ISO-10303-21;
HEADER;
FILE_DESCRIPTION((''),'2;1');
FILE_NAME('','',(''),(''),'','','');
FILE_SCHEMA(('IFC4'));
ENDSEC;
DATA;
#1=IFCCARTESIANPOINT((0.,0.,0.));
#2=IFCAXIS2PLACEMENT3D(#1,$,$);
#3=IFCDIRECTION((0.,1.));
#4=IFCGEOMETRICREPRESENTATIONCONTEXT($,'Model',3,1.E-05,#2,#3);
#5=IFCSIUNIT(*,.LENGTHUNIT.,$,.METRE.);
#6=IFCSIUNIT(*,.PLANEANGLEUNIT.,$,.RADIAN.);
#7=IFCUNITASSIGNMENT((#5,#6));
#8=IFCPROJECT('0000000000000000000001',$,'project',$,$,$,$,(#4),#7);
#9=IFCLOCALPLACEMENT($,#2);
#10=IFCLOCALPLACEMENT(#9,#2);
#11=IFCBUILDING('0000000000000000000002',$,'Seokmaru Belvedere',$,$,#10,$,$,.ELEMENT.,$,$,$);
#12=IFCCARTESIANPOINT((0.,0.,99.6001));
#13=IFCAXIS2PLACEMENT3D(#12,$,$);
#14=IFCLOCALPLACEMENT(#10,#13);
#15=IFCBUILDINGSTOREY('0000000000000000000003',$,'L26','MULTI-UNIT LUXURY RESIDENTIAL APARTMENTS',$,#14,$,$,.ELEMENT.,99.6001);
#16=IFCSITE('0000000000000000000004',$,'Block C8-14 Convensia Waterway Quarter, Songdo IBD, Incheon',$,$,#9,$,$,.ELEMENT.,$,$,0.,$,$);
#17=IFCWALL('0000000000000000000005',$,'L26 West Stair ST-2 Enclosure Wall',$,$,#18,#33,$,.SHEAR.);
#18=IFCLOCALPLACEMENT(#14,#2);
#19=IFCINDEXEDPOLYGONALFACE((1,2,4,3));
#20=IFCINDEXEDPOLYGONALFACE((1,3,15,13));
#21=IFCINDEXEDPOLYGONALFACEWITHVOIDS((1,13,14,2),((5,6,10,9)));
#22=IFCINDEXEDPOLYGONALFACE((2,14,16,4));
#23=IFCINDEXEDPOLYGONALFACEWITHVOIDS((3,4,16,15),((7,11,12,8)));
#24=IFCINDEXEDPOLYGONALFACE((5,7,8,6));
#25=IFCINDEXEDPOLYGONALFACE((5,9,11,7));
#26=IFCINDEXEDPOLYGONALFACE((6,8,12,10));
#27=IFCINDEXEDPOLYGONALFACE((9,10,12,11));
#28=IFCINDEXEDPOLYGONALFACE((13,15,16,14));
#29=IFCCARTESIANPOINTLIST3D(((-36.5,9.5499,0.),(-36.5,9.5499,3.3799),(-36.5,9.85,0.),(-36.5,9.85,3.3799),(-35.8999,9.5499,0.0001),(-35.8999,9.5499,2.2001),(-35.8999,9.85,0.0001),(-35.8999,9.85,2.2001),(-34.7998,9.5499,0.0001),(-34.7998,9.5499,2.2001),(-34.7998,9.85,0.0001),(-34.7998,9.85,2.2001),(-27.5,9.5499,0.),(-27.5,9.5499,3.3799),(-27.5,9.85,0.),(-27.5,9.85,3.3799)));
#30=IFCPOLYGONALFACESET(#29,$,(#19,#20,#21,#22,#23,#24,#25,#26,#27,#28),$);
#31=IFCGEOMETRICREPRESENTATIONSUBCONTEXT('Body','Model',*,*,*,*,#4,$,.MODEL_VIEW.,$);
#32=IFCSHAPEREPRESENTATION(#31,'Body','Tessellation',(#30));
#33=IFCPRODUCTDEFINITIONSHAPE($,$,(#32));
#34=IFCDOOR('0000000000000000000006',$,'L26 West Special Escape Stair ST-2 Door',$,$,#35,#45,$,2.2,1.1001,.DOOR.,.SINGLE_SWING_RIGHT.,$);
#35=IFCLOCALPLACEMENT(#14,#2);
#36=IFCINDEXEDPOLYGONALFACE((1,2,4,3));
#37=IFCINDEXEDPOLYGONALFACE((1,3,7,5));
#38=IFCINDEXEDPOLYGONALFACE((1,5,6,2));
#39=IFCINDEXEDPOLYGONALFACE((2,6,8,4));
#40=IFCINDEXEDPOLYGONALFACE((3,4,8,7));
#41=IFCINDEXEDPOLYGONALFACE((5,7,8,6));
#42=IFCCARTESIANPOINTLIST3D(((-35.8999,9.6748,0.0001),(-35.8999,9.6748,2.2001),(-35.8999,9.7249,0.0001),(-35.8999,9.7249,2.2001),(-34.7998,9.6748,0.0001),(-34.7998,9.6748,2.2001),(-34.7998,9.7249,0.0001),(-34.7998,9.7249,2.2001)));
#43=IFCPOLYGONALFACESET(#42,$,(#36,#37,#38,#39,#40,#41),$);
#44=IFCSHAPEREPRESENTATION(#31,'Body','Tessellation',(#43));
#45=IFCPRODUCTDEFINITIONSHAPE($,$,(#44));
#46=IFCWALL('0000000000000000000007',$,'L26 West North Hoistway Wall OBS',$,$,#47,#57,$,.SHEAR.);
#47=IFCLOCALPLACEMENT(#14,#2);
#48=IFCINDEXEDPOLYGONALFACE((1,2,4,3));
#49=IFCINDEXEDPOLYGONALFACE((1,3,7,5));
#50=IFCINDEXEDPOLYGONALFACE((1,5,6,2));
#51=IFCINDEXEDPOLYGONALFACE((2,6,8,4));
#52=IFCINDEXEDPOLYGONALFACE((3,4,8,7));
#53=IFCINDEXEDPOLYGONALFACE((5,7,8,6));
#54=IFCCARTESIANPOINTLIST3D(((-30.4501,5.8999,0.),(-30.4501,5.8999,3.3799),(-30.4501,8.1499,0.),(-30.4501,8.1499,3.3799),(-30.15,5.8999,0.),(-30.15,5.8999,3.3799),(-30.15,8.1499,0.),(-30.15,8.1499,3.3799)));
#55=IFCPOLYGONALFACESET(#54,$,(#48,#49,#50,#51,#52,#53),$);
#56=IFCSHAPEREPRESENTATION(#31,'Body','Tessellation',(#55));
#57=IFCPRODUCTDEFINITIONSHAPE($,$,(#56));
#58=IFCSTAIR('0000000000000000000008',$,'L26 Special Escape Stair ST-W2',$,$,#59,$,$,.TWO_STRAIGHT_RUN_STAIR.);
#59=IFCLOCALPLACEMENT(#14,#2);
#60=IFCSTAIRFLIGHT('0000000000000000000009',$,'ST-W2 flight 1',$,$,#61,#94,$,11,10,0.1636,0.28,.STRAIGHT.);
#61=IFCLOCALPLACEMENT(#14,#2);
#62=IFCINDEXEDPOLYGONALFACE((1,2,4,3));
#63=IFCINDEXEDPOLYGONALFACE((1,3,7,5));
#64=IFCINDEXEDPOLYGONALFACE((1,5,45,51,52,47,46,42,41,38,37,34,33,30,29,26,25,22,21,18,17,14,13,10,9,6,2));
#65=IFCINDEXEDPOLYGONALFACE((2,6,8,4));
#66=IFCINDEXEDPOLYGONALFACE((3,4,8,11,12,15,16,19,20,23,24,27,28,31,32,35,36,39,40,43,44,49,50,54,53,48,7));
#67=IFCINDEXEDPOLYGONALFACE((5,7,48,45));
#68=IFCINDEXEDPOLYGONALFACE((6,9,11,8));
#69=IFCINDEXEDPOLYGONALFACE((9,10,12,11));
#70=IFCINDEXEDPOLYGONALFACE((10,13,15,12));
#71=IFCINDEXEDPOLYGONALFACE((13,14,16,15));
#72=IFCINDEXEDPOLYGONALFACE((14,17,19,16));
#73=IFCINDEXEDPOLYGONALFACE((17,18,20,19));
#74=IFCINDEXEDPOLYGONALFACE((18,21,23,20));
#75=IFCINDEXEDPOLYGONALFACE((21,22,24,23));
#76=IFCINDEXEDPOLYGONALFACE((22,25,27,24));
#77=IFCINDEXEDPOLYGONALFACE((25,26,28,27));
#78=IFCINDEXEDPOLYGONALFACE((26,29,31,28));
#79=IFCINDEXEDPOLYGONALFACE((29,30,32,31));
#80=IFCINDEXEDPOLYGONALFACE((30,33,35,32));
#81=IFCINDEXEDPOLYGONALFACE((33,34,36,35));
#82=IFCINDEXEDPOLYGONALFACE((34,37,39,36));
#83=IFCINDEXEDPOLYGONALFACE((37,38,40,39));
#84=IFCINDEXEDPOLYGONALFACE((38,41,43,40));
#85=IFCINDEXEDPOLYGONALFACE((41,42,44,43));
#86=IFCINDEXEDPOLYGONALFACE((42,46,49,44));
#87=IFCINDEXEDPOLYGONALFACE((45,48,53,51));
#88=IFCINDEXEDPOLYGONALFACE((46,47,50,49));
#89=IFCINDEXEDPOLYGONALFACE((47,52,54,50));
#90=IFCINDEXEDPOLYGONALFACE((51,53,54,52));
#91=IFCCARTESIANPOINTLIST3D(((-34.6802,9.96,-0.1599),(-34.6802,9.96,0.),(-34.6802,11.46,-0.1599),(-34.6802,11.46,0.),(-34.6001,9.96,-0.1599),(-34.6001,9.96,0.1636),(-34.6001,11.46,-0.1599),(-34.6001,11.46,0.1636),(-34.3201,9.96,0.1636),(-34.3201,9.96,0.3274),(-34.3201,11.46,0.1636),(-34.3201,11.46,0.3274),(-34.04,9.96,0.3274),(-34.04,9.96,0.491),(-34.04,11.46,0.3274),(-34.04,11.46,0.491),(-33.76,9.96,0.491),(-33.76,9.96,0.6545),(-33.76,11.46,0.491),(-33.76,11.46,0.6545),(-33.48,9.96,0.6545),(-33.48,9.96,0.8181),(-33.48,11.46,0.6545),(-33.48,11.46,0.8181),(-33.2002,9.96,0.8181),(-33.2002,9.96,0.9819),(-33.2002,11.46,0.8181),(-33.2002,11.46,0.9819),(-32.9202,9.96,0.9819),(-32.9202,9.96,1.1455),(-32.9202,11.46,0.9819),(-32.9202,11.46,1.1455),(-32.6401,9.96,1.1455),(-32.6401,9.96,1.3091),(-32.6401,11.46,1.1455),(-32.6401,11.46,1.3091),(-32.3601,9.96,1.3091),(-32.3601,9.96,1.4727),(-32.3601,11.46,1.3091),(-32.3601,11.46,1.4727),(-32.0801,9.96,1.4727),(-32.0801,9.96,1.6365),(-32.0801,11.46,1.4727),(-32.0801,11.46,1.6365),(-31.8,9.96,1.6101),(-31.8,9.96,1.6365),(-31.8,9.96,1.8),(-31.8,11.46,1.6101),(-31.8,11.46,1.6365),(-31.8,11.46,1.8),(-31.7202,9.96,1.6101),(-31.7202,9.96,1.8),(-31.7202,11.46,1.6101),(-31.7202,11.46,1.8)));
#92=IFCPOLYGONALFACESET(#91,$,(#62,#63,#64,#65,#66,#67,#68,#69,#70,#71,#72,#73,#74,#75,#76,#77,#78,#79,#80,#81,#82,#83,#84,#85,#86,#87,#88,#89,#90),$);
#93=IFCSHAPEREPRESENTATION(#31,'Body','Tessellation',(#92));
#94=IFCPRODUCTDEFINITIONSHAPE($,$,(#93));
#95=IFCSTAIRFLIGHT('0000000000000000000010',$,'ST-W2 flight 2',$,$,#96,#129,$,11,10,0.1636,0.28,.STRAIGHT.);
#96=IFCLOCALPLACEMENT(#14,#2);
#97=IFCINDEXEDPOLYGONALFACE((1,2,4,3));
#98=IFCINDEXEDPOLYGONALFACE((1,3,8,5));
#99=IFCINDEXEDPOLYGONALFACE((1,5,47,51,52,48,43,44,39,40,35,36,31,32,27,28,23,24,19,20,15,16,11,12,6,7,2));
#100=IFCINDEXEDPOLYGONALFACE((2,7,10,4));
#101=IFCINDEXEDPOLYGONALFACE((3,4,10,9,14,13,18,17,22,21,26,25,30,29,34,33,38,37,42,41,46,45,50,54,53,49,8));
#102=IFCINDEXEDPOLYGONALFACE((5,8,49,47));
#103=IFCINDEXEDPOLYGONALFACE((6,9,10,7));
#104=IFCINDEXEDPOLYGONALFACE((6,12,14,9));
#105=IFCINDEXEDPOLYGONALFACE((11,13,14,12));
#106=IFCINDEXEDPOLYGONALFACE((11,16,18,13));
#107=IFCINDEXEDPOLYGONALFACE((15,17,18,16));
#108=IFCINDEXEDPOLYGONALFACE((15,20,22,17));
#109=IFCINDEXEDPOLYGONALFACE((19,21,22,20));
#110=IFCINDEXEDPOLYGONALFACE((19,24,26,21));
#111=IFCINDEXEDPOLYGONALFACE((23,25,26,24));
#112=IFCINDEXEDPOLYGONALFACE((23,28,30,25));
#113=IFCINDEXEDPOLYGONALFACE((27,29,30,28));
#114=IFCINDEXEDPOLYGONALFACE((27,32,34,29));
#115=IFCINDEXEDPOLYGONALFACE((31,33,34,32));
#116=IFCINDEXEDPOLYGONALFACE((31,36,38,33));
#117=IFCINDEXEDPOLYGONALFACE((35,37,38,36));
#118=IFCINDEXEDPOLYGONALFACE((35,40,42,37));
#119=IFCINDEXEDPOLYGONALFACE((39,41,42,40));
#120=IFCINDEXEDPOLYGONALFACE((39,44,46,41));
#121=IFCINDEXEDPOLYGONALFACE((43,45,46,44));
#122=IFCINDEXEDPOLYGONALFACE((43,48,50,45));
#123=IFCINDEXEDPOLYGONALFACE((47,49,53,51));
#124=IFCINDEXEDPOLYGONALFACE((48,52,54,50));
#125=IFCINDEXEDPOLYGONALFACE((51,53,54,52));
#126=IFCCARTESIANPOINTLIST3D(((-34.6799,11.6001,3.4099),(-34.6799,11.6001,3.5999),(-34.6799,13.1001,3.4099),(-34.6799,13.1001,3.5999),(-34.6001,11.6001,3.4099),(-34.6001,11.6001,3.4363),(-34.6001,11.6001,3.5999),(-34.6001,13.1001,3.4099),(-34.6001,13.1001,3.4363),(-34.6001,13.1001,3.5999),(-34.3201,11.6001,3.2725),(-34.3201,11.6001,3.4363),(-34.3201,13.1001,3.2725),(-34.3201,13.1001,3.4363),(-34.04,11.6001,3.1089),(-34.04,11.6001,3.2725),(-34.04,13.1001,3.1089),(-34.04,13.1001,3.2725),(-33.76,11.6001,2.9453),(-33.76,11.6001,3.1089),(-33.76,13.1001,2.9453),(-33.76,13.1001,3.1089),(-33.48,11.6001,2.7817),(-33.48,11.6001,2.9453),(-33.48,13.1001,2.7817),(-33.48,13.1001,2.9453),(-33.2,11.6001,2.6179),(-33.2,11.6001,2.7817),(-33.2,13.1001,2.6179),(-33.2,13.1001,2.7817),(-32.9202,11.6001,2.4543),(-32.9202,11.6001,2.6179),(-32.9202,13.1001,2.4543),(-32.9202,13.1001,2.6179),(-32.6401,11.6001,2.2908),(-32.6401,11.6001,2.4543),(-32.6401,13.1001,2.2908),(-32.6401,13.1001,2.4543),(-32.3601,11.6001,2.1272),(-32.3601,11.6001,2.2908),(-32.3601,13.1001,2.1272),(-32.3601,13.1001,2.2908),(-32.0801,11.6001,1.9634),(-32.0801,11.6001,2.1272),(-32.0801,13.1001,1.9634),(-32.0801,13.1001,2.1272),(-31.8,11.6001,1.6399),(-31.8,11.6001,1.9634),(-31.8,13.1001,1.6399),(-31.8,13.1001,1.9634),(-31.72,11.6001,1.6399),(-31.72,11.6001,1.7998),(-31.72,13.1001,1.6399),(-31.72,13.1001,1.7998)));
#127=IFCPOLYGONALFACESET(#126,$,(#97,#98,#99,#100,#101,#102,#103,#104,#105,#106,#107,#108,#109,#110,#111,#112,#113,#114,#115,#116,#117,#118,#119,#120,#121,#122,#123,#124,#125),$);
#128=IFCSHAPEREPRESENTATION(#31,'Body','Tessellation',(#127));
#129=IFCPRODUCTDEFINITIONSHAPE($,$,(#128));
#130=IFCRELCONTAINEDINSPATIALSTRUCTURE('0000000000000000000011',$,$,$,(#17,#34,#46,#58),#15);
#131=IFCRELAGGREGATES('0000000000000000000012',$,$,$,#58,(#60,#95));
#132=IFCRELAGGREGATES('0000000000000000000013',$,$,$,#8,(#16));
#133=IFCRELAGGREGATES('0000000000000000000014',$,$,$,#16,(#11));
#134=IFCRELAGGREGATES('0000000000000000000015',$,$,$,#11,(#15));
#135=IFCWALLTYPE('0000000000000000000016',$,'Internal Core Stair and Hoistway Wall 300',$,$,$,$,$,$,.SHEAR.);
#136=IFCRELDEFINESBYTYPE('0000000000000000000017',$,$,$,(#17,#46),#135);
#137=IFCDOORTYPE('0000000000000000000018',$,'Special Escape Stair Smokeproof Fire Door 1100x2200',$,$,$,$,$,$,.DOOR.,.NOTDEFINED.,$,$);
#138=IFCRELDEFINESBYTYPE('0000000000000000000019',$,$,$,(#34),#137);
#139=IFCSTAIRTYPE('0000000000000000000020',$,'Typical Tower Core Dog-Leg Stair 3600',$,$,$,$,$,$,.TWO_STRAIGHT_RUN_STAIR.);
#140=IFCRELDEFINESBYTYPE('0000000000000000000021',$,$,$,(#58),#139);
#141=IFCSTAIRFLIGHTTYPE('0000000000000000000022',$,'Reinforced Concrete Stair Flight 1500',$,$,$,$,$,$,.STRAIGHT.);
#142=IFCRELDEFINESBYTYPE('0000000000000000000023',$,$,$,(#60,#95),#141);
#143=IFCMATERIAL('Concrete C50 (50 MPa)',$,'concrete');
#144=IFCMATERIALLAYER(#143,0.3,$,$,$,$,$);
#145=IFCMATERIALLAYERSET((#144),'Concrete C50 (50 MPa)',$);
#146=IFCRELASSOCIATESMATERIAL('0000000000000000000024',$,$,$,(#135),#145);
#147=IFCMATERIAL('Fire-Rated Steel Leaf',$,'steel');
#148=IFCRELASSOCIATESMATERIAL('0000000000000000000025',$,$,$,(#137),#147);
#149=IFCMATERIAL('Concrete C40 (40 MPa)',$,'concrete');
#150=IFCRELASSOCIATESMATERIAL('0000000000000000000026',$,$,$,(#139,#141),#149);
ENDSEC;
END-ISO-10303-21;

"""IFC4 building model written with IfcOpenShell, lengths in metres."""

from ifc_helpers import new_model, si_unit, direction, frame, frame_2d, origin, place, context, subcontext, project, spatial, polyline, rectangle, outline, extrude, source, transform, mapped, material, layer, layer_set, type_object, type_shapes, element, fill, aggregate, save


model = new_model("IFC4")

# Units and contexts
model_context = context("Model", 3, precision=1e-05, world=origin(), true_north=direction((0.0, 1.0)))
body_context = subcontext(model_context, "Body", "Model", "MODEL_VIEW")
ifc_project = project(units=[si_unit("LENGTHUNIT", "METRE"), si_unit("PLANEANGLEUNIT", "RADIAN")], contexts=[model_context])

# Site, building, storey
site_placement = place(None, origin())
site = spatial("IfcSite", under=ifc_project, at=site_placement, Name="Block C8-14 Convensia Waterway Quarter, Songdo IBD, Incheon", CompositionType="ELEMENT", RefElevation=0.0)
building_placement = place(site_placement, origin())
building = spatial("IfcBuilding", under=site, at=building_placement, Name="Seokmaru Belvedere", CompositionType="ELEMENT")
storey_placement = place(building_placement, frame((0.0, 0.0, 99.6001)))
storey = spatial("IfcBuildingStorey", under=building, at=storey_placement, Name="L26", Description="MULTI-UNIT LUXURY RESIDENTIAL APARTMENTS", CompositionType="ELEMENT", Elevation=99.6001)

# Shared definitions
ifc_material_1 = material(Name="Concrete C50 (50 MPa)", Category="concrete")

# Wall, opening, door
ifc_layer_1 = layer(ifc_material_1, 0.3)
ifc_layer_set_1 = layer_set([ifc_layer_1], Name="Concrete C50 (50 MPa)")
wall_type_1 = type_object("IfcWallType", Name="Internal Core Stair and Hoistway Wall 300", PredefinedType="SHEAR", material=ifc_layer_set_1)
wall_1_placement = place(storey_placement, frame((-36.5, 9.7, 0.0), z_axis=(0.0, 0.0, 1.0), x_axis=(1.0, 0.0, 0.0)))
wall_1 = element("IfcWall", 1, at=wall_1_placement, inside=storey, type_object=wall_type_1, Name="L26 West Stair ST-2 Enclosure Wall", PredefinedType="SHEAR", context=body_context, shape_type="SweptSolid", body=[
    extrude(rectangle(XDim=9.0, YDim=0.3, at=frame_2d((4.5, 0.0))), origin(), (0.0, 0.0, 1.0), 3.3799),
])
opening_1_placement = place(wall_1_placement, frame((0.6001, 0.0, 0.0)))
opening_1 = element("IfcOpeningElement", 2, at=opening_1_placement, cuts=wall_1, PredefinedType="OPENING", context=body_context, shape_type="SweptSolid", body=[
    extrude(rectangle(XDim=1.1001, YDim=2.2, at=frame_2d((0.55, 1.1001))), frame((0.0, 0.1602, 0.0), z_axis=(0.0, -1.0, 0.0), x_axis=(1.0, 0.0, 0.0)), (0.0, 0.0, 1.0), 0.3201),
])
ifc_material_2 = material(Name="Fire-Rated Steel Leaf", Category="steel")
door_type_1 = type_object("IfcDoorType", Name="Special Escape Stair Smokeproof Fire Door 1100x2200", OperationType="NOTDEFINED", PredefinedType="DOOR", material=ifc_material_2)
shared_shape_1 = source(origin(), body_context, "Body", "SweptSolid", [
    extrude(rectangle(XDim=1.1001, YDim=2.2, at=frame_2d((0.55, 1.1001))), frame((0.0, 0.0249, 0.0), z_axis=(0.0, -1.0, 0.0), x_axis=(1.0, 0.0, 0.0)), (0.0, 0.0, 1.0), 0.05),
])
type_shapes(door_type_1, [shared_shape_1])
door_1_placement = place(opening_1_placement, origin())
door_1 = element("IfcDoor", 3, at=door_1_placement, inside=storey, type_object=door_type_1, Name="L26 West Special Escape Stair ST-2 Door", OperationType="SINGLE_SWING_RIGHT", OverallHeight=2.2, OverallWidth=1.1001, PredefinedType="DOOR", context=body_context, shape_type="MappedRepresentation", body=[
    mapped(shared_shape_1, transform((0.0, 0.0, 0.0), scale=1.0)),
])
fill(opening_1, door_1)

# Wall
wall_2_placement = place(storey_placement, frame((-30.3, 5.8999, 0.0), z_axis=(0.0, 0.0, 1.0), x_axis=(0.0, 1.0, 0.0)))
element("IfcWall", 4, at=wall_2_placement, inside=storey, type_object=wall_type_1, Name="L26 West North Hoistway Wall OBS", PredefinedType="SHEAR", context=body_context, shape_type="SweptSolid", body=[
    extrude(rectangle(XDim=2.25, YDim=0.3, at=frame_2d((1.125, 0.0))), origin(), (0.0, 0.0, 1.0), 3.3799),
])

# Stair, stair flights
ifc_material_3 = material(Name="Concrete C40 (40 MPa)", Category="concrete")
stair_type = type_object("IfcStairType", Name="Typical Tower Core Dog-Leg Stair 3600", PredefinedType="TWO_STRAIGHT_RUN_STAIR", material=ifc_material_3)
stair_placement = place(storey_placement, origin())
stair = element("IfcStair", 5, at=stair_placement, inside=storey, type_object=stair_type, Name="L26 Special Escape Stair ST-W2", PredefinedType="TWO_STRAIGHT_RUN_STAIR")
stair_flight_type = type_object("IfcStairFlightType", Name="Reinforced Concrete Stair Flight 1500", PredefinedType="STRAIGHT", material=ifc_material_3)
stair_flight_1_placement = place(storey_placement, frame((-34.6001, 10.71, 0.0), z_axis=(0.0, 0.0, 1.0), x_axis=(1.0, 0.0, 0.0)))
stair_flight_1 = element("IfcStairFlight", 6, at=stair_flight_1_placement, type_object=stair_flight_type, Name="ST-W2 flight 1", NumberOfRisers=11, NumberOfTreads=10, PredefinedType="STRAIGHT", RiserHeight=0.1636, TreadLength=0.28, context=body_context, shape_type="SweptSolid", body=[
    extrude(outline(polyline([(-0.0801, 0.0), (0.0, 0.1636), (0.28, 0.1636), (0.28, 0.3274), (0.5601, 0.3274), (0.5601, 0.491), (0.8401, 0.491), (0.8401, 0.6545), (1.1201, 0.6545), (1.1201, 0.8181), (1.3999, 0.8181), (1.3999, 0.9819), (1.6799, 0.9819), (1.6799, 1.1455), (1.96, 1.1455), (1.96, 1.3091), (2.24, 1.3091), (2.24, 1.4727), (2.52, 1.4727), (2.52, 1.6365), (2.8, 1.6365), (2.8, 1.8), (2.8799, 1.8), (2.8799, 1.6101), (2.8, 1.6101), (0.0, -0.1599), (-0.0801, -0.1599), (-0.0801, 0.0)])), frame((0.0, 0.75, 0.0), z_axis=(0.0, -1.0, 0.0), x_axis=(1.0, 0.0, 0.0)), (0.0, 0.0, 1.0), 1.5),
])
stair_flight_2_placement = place(storey_placement, frame((-31.8, 12.3501, 1.7998), z_axis=(0.0, 0.0, 1.0), x_axis=(-1.0, 0.0, 0.0)))
stair_flight_2 = element("IfcStairFlight", 7, at=stair_flight_2_placement, type_object=stair_flight_type, Name="ST-W2 flight 2", NumberOfRisers=11, NumberOfTreads=10, PredefinedType="STRAIGHT", RiserHeight=0.1636, TreadLength=0.28, context=body_context, shape_type="SweptSolid", body=[
    extrude(outline(polyline([(-0.0801, 0.0), (0.0, 0.1636), (0.28, 0.1636), (0.28, 0.3274), (0.5601, 0.3274), (0.5601, 0.491), (0.8401, 0.491), (0.8401, 0.6545), (1.1201, 0.6545), (1.1201, 0.8181), (1.3999, 0.8181), (1.3999, 0.9819), (1.6799, 0.9819), (1.6799, 1.1455), (1.96, 1.1455), (1.96, 1.3091), (2.24, 1.3091), (2.24, 1.4727), (2.52, 1.4727), (2.52, 1.6365), (2.8, 1.6365), (2.8, 1.8), (2.8799, 1.8), (2.8799, 1.6101), (2.8, 1.6101), (0.0, -0.1599), (-0.0801, -0.1599), (-0.0801, 0.0)])), frame((0.0, 0.75, 0.0), z_axis=(0.0, -1.0, 0.0), x_axis=(1.0, 0.0, 0.0)), (0.0, 0.0, 1.0), 1.5),
])
aggregate(stair, [stair_flight_1, stair_flight_2])

save(model, "model.ifc")
